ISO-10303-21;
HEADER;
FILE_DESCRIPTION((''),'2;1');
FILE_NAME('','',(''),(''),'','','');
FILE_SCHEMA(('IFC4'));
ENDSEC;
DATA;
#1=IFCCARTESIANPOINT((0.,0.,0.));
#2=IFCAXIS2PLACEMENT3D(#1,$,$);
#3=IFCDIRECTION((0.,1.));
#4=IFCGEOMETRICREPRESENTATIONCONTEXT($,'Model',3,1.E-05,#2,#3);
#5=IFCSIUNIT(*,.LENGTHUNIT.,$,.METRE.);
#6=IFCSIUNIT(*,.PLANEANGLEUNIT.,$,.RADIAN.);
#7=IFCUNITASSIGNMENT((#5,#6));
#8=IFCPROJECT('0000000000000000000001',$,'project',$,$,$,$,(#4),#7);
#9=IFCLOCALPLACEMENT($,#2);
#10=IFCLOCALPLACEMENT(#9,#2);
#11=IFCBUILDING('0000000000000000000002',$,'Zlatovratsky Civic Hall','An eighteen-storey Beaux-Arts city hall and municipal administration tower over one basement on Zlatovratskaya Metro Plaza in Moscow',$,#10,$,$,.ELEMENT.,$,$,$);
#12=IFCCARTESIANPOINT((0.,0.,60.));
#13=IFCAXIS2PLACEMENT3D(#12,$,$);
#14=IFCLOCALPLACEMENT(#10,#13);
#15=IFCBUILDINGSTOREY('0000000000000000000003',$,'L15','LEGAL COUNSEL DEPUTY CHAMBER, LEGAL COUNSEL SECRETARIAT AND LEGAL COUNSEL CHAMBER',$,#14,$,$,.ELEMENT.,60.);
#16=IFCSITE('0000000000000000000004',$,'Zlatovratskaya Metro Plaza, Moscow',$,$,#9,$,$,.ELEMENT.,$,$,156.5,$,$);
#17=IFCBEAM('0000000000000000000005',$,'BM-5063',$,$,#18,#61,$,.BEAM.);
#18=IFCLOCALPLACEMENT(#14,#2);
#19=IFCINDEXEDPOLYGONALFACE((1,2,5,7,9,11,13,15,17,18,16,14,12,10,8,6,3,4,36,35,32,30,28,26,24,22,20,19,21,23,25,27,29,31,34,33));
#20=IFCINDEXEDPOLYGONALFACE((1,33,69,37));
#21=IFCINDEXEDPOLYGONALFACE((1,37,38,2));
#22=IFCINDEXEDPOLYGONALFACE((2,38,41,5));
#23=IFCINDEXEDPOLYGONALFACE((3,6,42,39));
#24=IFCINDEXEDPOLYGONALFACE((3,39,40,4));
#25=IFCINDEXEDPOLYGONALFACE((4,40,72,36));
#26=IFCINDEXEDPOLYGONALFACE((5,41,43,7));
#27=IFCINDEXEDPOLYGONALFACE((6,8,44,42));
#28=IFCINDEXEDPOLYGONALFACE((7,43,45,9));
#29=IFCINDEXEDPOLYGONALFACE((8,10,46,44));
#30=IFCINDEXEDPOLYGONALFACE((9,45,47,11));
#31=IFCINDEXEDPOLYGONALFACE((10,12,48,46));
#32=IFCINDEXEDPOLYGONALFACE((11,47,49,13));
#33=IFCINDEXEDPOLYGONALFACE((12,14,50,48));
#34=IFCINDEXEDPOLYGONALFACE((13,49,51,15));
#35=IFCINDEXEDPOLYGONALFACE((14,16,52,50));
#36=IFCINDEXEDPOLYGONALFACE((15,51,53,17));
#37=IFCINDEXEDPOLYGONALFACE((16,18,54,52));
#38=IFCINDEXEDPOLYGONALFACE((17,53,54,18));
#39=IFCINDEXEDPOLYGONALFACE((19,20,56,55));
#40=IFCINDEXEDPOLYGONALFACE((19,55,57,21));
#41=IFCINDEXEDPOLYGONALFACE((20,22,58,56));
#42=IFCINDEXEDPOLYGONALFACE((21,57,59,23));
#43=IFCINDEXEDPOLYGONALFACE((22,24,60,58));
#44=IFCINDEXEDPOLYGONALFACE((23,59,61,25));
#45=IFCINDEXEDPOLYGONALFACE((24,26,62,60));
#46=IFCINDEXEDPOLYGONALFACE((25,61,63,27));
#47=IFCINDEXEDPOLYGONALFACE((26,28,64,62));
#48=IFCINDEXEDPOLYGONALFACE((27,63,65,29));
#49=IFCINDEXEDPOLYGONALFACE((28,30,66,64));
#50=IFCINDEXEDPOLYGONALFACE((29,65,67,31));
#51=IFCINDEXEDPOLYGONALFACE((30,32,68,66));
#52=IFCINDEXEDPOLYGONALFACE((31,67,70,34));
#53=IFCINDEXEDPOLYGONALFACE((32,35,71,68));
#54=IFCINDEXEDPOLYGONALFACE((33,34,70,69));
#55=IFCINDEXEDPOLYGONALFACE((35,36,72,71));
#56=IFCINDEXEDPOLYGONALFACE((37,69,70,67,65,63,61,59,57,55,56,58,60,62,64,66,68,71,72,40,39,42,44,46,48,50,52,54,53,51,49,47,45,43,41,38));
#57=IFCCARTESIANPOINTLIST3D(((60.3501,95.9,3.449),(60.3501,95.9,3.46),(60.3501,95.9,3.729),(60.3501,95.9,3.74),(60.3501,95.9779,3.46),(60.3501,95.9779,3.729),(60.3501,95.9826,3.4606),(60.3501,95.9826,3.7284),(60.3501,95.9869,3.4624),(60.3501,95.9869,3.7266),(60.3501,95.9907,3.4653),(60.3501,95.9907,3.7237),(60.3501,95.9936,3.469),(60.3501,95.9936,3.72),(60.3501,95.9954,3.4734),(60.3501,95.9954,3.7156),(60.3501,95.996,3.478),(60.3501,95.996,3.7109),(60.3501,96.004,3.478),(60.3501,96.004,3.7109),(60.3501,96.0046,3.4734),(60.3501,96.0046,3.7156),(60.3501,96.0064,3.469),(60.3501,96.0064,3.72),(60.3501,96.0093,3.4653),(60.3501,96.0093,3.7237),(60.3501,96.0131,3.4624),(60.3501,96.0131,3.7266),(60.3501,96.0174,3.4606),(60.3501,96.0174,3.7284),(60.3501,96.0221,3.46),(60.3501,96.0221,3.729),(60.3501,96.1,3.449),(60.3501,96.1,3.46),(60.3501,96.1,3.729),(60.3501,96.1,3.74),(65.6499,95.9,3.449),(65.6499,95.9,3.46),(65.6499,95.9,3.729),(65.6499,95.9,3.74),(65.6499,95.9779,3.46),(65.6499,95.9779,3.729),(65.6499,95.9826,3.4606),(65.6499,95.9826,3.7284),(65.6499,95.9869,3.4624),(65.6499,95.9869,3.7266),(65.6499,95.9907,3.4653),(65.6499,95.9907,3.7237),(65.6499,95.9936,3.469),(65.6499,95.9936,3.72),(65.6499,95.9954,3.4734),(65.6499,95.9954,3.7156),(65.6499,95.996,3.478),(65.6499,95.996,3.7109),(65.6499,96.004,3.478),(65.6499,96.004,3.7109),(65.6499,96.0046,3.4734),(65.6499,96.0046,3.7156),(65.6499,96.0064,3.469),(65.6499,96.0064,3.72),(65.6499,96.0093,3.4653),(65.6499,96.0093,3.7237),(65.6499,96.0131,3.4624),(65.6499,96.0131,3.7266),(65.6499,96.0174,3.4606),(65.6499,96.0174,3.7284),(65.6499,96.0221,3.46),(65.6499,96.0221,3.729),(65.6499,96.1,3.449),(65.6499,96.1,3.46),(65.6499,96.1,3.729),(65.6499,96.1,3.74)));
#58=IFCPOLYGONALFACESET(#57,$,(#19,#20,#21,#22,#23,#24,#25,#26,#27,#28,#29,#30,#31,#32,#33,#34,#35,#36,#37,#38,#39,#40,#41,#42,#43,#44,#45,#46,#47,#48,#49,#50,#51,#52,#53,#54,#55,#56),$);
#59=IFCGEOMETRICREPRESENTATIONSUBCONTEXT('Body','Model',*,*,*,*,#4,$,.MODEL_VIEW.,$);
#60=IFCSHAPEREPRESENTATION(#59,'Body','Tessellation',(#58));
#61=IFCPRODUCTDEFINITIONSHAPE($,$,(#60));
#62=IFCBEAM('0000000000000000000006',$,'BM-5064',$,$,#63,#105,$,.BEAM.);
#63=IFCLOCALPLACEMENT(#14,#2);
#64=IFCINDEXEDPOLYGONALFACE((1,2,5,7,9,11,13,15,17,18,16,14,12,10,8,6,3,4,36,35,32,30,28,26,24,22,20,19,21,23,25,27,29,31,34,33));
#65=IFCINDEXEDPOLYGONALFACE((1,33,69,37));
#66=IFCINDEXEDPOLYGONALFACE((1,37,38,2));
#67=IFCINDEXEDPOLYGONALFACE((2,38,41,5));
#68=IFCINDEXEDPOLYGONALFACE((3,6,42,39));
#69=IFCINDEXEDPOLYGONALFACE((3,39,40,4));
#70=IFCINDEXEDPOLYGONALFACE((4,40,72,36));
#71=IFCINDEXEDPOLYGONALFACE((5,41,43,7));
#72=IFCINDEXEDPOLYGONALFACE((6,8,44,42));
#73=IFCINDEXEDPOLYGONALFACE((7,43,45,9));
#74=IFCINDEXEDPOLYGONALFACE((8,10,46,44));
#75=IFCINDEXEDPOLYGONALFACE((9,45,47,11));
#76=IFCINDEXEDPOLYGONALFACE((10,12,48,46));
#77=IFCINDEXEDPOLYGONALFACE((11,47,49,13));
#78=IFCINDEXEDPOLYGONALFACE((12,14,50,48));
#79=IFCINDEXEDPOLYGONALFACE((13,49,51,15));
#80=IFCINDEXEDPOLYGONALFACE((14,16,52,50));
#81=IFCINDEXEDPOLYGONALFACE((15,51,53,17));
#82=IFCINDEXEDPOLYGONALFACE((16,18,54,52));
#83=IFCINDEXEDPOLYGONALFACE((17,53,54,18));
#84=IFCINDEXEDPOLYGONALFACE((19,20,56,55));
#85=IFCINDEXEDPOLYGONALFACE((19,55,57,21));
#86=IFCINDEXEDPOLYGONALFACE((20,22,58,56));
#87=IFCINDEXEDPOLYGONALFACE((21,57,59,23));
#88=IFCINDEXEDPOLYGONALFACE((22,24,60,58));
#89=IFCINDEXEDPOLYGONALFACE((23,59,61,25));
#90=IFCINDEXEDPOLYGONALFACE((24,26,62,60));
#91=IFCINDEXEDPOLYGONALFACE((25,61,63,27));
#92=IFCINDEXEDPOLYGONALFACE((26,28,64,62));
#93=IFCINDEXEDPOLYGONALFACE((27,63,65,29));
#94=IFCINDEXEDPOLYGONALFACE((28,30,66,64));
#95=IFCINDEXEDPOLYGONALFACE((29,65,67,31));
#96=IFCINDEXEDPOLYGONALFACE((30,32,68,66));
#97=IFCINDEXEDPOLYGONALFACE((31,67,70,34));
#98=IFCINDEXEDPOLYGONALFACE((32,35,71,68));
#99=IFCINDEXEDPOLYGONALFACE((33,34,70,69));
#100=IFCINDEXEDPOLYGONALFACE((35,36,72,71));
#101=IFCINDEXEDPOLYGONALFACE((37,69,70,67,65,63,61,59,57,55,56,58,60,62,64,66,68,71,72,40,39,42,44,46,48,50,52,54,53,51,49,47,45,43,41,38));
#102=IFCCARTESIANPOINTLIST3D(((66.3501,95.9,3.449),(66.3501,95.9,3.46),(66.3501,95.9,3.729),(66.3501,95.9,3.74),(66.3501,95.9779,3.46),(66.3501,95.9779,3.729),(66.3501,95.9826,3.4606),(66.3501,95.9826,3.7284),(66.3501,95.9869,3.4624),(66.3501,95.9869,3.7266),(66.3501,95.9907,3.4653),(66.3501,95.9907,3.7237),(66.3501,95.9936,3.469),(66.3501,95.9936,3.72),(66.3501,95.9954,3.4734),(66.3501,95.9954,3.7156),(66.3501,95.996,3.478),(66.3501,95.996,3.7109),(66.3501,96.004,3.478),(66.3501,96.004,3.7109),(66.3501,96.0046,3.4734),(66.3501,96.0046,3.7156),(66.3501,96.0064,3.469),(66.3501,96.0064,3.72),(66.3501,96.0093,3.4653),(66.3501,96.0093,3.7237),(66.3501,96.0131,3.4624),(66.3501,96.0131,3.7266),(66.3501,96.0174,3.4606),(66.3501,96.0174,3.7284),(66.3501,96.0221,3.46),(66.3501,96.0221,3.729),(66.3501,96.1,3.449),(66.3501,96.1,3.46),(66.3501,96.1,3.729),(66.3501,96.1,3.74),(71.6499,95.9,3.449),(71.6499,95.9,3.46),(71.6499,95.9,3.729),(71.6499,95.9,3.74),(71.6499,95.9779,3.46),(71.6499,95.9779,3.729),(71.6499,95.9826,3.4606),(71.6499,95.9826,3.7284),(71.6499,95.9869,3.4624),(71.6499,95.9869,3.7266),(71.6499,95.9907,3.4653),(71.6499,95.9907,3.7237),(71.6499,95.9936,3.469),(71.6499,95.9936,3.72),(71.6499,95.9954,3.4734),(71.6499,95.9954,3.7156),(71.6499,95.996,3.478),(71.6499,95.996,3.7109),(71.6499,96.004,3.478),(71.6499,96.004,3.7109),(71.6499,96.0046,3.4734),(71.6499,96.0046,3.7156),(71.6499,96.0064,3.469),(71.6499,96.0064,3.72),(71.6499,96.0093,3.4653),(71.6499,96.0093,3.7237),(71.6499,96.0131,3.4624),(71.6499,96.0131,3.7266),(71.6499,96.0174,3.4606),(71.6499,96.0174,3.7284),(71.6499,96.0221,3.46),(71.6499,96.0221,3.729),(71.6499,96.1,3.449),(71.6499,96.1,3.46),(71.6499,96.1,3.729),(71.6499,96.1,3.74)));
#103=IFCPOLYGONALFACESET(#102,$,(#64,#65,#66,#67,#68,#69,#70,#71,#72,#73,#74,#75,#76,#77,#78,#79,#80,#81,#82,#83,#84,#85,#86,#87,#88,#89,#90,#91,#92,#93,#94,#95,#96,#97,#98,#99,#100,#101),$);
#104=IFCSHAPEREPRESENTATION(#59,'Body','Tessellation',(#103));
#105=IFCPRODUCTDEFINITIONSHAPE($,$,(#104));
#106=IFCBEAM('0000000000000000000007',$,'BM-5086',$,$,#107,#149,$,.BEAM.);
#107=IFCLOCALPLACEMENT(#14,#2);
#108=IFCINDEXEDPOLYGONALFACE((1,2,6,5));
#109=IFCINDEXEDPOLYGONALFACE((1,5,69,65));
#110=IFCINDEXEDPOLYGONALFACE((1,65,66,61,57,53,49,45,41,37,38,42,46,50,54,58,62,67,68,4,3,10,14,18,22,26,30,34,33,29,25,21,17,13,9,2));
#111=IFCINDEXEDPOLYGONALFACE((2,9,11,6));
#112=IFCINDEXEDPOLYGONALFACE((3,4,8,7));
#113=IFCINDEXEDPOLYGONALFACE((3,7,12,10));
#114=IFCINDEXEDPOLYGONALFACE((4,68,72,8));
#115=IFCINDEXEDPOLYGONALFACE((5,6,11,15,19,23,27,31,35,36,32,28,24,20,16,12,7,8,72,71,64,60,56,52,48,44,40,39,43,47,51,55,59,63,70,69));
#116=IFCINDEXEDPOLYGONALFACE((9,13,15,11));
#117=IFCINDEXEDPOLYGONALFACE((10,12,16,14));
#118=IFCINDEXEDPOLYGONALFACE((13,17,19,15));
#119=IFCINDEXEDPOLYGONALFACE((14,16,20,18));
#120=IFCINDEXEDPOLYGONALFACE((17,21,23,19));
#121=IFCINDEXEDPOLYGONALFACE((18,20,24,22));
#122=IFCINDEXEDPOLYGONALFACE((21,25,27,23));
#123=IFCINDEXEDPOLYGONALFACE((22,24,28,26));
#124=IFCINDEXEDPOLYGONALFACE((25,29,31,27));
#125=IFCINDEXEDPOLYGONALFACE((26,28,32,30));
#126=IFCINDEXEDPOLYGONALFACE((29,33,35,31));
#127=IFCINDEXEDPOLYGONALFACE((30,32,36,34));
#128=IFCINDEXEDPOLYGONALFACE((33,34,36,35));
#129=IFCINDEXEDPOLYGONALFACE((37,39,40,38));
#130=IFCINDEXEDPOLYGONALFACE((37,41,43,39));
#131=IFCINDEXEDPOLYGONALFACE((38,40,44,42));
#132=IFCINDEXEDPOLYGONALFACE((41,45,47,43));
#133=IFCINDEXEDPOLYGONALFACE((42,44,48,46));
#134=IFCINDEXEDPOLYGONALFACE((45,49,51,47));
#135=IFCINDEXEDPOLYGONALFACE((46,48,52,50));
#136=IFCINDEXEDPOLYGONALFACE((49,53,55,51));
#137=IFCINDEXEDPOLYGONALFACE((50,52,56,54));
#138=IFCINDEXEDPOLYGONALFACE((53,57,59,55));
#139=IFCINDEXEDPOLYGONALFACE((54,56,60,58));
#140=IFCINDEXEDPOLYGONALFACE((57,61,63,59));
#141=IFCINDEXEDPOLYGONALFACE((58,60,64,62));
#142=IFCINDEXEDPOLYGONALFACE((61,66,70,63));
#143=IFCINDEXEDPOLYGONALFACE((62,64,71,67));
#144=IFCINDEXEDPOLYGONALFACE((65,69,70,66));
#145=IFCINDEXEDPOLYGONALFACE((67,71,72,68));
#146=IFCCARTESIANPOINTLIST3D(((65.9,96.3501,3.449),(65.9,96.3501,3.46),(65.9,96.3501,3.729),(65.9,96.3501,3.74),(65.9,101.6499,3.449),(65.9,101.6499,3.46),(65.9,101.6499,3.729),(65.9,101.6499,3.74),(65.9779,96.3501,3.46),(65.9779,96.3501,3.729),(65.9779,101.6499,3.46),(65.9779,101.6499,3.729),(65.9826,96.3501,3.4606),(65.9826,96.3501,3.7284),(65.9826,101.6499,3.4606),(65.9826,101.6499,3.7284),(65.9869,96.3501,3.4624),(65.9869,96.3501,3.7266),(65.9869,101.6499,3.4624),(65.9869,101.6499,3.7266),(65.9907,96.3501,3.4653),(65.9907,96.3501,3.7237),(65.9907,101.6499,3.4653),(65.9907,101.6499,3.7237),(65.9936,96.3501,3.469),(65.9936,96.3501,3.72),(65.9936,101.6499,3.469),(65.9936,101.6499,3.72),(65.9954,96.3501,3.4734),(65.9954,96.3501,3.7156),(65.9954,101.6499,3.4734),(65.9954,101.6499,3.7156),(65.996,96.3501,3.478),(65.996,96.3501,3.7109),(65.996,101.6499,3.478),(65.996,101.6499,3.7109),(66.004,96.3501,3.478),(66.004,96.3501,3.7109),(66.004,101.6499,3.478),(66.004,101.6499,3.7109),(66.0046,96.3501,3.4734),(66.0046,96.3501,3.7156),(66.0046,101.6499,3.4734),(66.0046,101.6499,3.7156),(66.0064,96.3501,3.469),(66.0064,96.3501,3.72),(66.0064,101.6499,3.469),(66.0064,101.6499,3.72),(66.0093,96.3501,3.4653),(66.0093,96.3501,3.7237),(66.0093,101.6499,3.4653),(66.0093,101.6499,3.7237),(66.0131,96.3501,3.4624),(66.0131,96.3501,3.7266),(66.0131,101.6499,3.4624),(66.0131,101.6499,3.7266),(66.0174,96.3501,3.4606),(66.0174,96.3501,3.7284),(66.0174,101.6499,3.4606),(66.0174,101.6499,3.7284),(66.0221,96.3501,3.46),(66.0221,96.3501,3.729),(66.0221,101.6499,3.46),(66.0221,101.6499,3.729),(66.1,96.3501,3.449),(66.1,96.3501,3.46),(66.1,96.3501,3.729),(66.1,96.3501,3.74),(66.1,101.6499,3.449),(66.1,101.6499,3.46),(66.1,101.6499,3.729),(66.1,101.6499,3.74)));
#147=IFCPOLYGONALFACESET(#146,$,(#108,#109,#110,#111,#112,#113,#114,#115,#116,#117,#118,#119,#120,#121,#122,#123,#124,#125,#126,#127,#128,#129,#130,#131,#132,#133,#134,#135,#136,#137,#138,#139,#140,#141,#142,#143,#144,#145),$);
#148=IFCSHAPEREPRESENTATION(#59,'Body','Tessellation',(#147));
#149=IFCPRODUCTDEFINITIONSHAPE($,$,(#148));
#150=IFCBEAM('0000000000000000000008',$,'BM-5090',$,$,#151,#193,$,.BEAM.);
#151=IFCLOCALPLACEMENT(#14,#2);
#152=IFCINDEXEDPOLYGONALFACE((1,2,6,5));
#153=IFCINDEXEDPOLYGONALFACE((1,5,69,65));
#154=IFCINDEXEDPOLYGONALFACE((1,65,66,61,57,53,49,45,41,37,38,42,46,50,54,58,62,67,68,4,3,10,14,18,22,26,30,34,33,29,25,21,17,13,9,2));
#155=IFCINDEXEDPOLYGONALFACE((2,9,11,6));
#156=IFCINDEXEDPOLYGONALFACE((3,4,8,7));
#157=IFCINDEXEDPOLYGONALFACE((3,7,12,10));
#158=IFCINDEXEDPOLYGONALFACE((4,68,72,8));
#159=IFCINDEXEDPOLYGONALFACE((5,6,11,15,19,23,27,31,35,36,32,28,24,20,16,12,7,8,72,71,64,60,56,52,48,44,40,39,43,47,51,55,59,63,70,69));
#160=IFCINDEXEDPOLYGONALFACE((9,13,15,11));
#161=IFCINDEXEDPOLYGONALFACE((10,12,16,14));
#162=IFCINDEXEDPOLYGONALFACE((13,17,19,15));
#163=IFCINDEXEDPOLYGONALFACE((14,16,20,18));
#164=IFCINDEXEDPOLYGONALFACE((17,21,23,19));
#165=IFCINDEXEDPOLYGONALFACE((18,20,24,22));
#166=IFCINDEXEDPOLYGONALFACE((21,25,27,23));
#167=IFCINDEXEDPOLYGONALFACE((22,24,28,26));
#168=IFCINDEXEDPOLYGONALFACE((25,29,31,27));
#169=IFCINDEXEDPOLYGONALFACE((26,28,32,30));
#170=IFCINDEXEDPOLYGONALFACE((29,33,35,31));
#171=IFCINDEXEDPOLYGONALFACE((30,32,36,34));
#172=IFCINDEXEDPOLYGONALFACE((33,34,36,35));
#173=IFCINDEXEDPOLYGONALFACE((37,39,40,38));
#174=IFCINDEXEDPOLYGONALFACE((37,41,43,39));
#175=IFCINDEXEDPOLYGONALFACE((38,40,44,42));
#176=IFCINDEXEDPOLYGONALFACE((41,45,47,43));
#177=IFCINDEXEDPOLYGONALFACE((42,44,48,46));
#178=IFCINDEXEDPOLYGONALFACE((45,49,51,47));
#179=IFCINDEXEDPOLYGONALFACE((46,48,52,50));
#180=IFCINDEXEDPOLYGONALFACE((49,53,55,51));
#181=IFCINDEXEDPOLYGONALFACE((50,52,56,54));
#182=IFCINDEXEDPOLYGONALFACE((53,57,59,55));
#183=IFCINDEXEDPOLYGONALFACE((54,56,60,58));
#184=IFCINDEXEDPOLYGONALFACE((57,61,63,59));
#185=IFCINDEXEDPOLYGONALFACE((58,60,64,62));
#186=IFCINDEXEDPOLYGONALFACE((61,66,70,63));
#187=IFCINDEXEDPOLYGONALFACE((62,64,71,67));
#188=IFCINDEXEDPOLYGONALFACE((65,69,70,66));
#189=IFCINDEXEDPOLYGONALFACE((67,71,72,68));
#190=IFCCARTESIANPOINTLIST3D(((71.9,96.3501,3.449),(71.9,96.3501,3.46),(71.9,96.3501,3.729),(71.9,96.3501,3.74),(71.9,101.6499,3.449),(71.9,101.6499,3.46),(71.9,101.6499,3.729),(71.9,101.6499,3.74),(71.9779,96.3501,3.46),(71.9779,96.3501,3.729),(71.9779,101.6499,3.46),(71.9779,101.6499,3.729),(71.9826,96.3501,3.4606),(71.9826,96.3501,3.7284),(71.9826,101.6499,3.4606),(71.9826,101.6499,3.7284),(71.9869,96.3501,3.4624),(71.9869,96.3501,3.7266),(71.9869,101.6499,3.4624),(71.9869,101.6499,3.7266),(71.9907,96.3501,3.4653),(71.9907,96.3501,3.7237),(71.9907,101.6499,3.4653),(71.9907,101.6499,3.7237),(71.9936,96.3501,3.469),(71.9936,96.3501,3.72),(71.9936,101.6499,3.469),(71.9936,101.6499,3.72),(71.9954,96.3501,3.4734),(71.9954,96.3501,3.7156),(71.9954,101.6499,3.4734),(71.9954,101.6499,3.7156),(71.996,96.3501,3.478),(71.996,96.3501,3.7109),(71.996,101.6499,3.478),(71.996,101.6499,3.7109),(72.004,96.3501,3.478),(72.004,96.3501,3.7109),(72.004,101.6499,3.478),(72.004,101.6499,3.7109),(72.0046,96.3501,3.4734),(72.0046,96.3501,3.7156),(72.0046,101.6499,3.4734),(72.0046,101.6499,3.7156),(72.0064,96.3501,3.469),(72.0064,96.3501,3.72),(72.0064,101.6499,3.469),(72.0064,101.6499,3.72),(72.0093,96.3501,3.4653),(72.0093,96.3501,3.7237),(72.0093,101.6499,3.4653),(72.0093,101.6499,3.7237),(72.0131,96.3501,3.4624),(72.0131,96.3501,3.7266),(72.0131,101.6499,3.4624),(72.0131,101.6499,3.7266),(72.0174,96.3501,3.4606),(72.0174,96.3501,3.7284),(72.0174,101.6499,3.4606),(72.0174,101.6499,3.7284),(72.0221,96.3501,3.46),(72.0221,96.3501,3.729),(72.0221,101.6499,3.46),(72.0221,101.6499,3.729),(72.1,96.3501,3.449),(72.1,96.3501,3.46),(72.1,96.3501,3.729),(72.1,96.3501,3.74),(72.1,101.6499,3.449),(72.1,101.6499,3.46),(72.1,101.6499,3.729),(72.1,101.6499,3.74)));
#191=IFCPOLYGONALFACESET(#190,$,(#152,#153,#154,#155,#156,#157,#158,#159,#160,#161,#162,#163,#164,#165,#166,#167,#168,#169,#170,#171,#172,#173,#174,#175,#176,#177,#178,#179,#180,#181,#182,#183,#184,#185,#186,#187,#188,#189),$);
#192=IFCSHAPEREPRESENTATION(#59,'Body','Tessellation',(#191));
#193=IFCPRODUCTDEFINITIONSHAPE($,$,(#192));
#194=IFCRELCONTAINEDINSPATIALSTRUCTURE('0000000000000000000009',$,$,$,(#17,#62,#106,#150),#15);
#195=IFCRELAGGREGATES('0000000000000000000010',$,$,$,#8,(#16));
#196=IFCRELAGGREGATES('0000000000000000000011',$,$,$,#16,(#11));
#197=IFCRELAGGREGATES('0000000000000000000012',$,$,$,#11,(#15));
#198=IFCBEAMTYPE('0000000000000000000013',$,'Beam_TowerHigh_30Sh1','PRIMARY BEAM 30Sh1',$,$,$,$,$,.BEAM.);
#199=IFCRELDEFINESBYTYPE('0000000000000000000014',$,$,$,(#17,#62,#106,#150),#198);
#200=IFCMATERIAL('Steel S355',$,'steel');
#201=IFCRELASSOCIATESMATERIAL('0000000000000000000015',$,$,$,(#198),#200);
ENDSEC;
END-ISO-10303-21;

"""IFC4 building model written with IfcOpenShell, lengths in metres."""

from ifc_helpers import new_model, si_unit, direction, frame, origin, origin_2d, place, context, subcontext, project, spatial, i_section, extrude, material, material_profile, profile_set, type_object, element, save


model = new_model("IFC4")

# Units and contexts
model_context = context("Model", 3, precision=1e-05, world=origin(), true_north=direction((0.0, 1.0)))
body_context = subcontext(model_context, "Body", "Model", "MODEL_VIEW")
ifc_project = project(units=[si_unit("LENGTHUNIT", "METRE"), si_unit("PLANEANGLEUNIT", "RADIAN")], contexts=[model_context])

# Site, building, storey
site_placement = place(None, origin())
site = spatial("IfcSite", under=ifc_project, at=site_placement, Name="Zlatovratskaya Metro Plaza, Moscow", CompositionType="ELEMENT", RefElevation=156.5)
building_placement = place(site_placement, origin())
building = spatial("IfcBuilding", under=site, at=building_placement, Name="Zlatovratsky Civic Hall", Description="An eighteen-storey Beaux-Arts city hall and municipal administration tower over one basement on Zlatovratskaya Metro Plaza in Moscow", CompositionType="ELEMENT")
storey_placement = place(building_placement, frame((0.0, 0.0, 60.0)))
storey = spatial("IfcBuildingStorey", under=building, at=storey_placement, Name="L15", Description="LEGAL COUNSEL DEPUTY CHAMBER, LEGAL COUNSEL SECRETARIAT AND LEGAL COUNSEL CHAMBER", CompositionType="ELEMENT", Elevation=60.0)

# Beams
ifc_material_1 = material(Name="Steel S355", Category="steel")
ifc_material_profile_1 = material_profile(ifc_material_1, i_section(OverallWidth=0.2, OverallDepth=0.291, WebThickness=0.0081, FlangeThickness=0.011, FilletRadius=0.0181, at=origin_2d()), Name="30Sh1")
ifc_profile_set_1 = profile_set([ifc_material_profile_1], Name="Steel S355")
beam_type_1 = type_object("IfcBeamType", Name="Beam_TowerHigh_30Sh1", Description="PRIMARY BEAM 30Sh1", PredefinedType="BEAM", material=ifc_profile_set_1)
for number, where, z_axis, x_axis, name in (
    (1, (60.3501, 96.0, 3.5945), (1.0, 0.0, 0.0), (0.0, 1.0, 0.0), "BM-5063"),
    (2, (66.3501, 96.0, 3.5945), (1.0, 0.0, 0.0), (0.0, 1.0, 0.0), "BM-5064"),
    (3, (66.0, 96.3501, 3.5945), (0.0, 1.0, 0.0), (-1.0, 0.0, 0.0), "BM-5086"),
    (4, (72.0, 96.3501, 3.5945), (0.0, 1.0, 0.0), (-1.0, 0.0, 0.0), "BM-5090"),
):
    element("IfcBeam", number, at=place(storey_placement, frame(where, z_axis=z_axis, x_axis=x_axis)), inside=storey, type_object=beam_type_1, Name=name, PredefinedType="BEAM", context=body_context, shape_type="SweptSolid", body=[
        extrude(i_section(OverallWidth=0.2, OverallDepth=0.291, WebThickness=0.0081, FlangeThickness=0.011, FilletRadius=0.0181, at=origin_2d()), origin(), (0.0, 0.0, 1.0), 5.2998),
    ])

save(model, "model.ifc")
